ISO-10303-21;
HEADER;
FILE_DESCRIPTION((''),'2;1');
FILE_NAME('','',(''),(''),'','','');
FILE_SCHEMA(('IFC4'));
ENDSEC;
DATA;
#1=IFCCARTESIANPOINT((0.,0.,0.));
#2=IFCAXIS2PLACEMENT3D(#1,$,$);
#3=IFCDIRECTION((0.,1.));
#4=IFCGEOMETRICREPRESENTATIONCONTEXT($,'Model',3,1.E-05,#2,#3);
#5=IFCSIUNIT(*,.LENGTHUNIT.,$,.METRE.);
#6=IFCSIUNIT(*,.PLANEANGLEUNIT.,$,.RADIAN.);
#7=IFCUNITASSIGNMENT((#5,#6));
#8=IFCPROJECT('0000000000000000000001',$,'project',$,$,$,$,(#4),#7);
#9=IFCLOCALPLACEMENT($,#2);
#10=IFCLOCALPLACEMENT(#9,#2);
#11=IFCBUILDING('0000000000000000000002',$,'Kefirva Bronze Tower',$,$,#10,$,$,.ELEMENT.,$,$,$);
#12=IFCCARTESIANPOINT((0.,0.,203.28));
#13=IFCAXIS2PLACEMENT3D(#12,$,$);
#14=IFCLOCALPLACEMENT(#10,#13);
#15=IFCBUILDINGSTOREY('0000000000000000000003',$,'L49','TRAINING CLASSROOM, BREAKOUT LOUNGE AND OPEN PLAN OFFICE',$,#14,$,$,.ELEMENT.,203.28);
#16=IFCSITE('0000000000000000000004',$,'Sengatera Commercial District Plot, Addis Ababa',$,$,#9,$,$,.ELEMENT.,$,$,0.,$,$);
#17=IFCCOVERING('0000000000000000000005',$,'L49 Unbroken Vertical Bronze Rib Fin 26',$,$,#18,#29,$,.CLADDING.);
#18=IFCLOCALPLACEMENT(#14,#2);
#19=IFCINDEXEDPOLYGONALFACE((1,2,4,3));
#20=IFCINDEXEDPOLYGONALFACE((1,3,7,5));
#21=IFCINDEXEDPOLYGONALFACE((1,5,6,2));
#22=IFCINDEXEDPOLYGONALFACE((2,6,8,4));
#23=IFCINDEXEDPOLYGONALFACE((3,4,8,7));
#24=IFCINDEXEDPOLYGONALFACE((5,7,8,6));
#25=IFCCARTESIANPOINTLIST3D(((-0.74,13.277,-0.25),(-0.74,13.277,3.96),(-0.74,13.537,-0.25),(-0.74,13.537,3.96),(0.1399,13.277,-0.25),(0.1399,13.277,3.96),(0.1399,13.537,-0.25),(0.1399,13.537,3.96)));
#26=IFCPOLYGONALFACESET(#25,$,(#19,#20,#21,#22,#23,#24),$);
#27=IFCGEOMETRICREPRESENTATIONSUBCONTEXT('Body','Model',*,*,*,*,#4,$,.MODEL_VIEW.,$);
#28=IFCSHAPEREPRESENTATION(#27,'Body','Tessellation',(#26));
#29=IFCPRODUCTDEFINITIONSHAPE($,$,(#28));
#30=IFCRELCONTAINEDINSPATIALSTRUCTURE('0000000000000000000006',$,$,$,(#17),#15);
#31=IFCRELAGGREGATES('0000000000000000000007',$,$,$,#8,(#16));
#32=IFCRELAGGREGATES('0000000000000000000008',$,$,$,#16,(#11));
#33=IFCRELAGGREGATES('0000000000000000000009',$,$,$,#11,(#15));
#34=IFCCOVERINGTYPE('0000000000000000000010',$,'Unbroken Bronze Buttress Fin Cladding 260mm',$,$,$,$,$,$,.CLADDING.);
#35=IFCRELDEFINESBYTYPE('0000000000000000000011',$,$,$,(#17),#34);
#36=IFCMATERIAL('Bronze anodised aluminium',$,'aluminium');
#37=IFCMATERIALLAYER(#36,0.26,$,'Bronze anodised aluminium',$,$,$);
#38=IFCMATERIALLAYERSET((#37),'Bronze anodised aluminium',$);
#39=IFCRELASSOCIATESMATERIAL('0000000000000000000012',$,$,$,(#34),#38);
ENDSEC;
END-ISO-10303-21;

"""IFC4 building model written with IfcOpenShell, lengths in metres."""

from ifc_helpers import new_model, si_unit, direction, frame, origin, origin_2d, place, context, subcontext, project, spatial, rectangle, extrude, material, layer, layer_set, type_object, element, save


model = new_model("IFC4")

# Units and contexts
model_context = context("Model", 3, precision=1e-05, world=origin(), true_north=direction((0.0, 1.0)))
body_context = subcontext(model_context, "Body", "Model", "MODEL_VIEW")
ifc_project = project(units=[si_unit("LENGTHUNIT", "METRE"), si_unit("PLANEANGLEUNIT", "RADIAN")], contexts=[model_context])

# Site, building, storey
site_placement = place(None, origin())
site = spatial("IfcSite", under=ifc_project, at=site_placement, Name="Sengatera Commercial District Plot, Addis Ababa", CompositionType="ELEMENT", RefElevation=0.0)
building_placement = place(site_placement, origin())
building = spatial("IfcBuilding", under=site, at=building_placement, Name="Kefirva Bronze Tower", CompositionType="ELEMENT")
storey_placement = place(building_placement, frame((0.0, 0.0, 203.28)))
storey = spatial("IfcBuildingStorey", under=building, at=storey_placement, Name="L49", Description="TRAINING CLASSROOM, BREAKOUT LOUNGE AND OPEN PLAN OFFICE", CompositionType="ELEMENT", Elevation=203.28)

# Shared definitions
ifc_material_1 = material(Name="Bronze anodised aluminium", Category="aluminium")

# Covering
ifc_layer_1 = layer(ifc_material_1, 0.26, Name="Bronze anodised aluminium")
ifc_layer_set_1 = layer_set([ifc_layer_1], Name="Bronze anodised aluminium")
covering_type = type_object("IfcCoveringType", Name="Unbroken Bronze Buttress Fin Cladding 260mm", PredefinedType="CLADDING", material=ifc_layer_set_1)
covering_placement = place(storey_placement, frame((-0.3, 13.407, -0.25), z_axis=(0.0, 0.0, 1.0), x_axis=(0.0, -1.0, 0.0)))
element("IfcCovering", 1, at=covering_placement, inside=storey, type_object=covering_type, Name="L49 Unbroken Vertical Bronze Rib Fin 26", PredefinedType="CLADDING", context=body_context, shape_type="SweptSolid", body=[
    extrude(rectangle(XDim=0.26, YDim=0.8799, at=origin_2d()), origin(), (0.0, 0.0, 1.0), 4.21),
])

save(model, "model.ifc")
